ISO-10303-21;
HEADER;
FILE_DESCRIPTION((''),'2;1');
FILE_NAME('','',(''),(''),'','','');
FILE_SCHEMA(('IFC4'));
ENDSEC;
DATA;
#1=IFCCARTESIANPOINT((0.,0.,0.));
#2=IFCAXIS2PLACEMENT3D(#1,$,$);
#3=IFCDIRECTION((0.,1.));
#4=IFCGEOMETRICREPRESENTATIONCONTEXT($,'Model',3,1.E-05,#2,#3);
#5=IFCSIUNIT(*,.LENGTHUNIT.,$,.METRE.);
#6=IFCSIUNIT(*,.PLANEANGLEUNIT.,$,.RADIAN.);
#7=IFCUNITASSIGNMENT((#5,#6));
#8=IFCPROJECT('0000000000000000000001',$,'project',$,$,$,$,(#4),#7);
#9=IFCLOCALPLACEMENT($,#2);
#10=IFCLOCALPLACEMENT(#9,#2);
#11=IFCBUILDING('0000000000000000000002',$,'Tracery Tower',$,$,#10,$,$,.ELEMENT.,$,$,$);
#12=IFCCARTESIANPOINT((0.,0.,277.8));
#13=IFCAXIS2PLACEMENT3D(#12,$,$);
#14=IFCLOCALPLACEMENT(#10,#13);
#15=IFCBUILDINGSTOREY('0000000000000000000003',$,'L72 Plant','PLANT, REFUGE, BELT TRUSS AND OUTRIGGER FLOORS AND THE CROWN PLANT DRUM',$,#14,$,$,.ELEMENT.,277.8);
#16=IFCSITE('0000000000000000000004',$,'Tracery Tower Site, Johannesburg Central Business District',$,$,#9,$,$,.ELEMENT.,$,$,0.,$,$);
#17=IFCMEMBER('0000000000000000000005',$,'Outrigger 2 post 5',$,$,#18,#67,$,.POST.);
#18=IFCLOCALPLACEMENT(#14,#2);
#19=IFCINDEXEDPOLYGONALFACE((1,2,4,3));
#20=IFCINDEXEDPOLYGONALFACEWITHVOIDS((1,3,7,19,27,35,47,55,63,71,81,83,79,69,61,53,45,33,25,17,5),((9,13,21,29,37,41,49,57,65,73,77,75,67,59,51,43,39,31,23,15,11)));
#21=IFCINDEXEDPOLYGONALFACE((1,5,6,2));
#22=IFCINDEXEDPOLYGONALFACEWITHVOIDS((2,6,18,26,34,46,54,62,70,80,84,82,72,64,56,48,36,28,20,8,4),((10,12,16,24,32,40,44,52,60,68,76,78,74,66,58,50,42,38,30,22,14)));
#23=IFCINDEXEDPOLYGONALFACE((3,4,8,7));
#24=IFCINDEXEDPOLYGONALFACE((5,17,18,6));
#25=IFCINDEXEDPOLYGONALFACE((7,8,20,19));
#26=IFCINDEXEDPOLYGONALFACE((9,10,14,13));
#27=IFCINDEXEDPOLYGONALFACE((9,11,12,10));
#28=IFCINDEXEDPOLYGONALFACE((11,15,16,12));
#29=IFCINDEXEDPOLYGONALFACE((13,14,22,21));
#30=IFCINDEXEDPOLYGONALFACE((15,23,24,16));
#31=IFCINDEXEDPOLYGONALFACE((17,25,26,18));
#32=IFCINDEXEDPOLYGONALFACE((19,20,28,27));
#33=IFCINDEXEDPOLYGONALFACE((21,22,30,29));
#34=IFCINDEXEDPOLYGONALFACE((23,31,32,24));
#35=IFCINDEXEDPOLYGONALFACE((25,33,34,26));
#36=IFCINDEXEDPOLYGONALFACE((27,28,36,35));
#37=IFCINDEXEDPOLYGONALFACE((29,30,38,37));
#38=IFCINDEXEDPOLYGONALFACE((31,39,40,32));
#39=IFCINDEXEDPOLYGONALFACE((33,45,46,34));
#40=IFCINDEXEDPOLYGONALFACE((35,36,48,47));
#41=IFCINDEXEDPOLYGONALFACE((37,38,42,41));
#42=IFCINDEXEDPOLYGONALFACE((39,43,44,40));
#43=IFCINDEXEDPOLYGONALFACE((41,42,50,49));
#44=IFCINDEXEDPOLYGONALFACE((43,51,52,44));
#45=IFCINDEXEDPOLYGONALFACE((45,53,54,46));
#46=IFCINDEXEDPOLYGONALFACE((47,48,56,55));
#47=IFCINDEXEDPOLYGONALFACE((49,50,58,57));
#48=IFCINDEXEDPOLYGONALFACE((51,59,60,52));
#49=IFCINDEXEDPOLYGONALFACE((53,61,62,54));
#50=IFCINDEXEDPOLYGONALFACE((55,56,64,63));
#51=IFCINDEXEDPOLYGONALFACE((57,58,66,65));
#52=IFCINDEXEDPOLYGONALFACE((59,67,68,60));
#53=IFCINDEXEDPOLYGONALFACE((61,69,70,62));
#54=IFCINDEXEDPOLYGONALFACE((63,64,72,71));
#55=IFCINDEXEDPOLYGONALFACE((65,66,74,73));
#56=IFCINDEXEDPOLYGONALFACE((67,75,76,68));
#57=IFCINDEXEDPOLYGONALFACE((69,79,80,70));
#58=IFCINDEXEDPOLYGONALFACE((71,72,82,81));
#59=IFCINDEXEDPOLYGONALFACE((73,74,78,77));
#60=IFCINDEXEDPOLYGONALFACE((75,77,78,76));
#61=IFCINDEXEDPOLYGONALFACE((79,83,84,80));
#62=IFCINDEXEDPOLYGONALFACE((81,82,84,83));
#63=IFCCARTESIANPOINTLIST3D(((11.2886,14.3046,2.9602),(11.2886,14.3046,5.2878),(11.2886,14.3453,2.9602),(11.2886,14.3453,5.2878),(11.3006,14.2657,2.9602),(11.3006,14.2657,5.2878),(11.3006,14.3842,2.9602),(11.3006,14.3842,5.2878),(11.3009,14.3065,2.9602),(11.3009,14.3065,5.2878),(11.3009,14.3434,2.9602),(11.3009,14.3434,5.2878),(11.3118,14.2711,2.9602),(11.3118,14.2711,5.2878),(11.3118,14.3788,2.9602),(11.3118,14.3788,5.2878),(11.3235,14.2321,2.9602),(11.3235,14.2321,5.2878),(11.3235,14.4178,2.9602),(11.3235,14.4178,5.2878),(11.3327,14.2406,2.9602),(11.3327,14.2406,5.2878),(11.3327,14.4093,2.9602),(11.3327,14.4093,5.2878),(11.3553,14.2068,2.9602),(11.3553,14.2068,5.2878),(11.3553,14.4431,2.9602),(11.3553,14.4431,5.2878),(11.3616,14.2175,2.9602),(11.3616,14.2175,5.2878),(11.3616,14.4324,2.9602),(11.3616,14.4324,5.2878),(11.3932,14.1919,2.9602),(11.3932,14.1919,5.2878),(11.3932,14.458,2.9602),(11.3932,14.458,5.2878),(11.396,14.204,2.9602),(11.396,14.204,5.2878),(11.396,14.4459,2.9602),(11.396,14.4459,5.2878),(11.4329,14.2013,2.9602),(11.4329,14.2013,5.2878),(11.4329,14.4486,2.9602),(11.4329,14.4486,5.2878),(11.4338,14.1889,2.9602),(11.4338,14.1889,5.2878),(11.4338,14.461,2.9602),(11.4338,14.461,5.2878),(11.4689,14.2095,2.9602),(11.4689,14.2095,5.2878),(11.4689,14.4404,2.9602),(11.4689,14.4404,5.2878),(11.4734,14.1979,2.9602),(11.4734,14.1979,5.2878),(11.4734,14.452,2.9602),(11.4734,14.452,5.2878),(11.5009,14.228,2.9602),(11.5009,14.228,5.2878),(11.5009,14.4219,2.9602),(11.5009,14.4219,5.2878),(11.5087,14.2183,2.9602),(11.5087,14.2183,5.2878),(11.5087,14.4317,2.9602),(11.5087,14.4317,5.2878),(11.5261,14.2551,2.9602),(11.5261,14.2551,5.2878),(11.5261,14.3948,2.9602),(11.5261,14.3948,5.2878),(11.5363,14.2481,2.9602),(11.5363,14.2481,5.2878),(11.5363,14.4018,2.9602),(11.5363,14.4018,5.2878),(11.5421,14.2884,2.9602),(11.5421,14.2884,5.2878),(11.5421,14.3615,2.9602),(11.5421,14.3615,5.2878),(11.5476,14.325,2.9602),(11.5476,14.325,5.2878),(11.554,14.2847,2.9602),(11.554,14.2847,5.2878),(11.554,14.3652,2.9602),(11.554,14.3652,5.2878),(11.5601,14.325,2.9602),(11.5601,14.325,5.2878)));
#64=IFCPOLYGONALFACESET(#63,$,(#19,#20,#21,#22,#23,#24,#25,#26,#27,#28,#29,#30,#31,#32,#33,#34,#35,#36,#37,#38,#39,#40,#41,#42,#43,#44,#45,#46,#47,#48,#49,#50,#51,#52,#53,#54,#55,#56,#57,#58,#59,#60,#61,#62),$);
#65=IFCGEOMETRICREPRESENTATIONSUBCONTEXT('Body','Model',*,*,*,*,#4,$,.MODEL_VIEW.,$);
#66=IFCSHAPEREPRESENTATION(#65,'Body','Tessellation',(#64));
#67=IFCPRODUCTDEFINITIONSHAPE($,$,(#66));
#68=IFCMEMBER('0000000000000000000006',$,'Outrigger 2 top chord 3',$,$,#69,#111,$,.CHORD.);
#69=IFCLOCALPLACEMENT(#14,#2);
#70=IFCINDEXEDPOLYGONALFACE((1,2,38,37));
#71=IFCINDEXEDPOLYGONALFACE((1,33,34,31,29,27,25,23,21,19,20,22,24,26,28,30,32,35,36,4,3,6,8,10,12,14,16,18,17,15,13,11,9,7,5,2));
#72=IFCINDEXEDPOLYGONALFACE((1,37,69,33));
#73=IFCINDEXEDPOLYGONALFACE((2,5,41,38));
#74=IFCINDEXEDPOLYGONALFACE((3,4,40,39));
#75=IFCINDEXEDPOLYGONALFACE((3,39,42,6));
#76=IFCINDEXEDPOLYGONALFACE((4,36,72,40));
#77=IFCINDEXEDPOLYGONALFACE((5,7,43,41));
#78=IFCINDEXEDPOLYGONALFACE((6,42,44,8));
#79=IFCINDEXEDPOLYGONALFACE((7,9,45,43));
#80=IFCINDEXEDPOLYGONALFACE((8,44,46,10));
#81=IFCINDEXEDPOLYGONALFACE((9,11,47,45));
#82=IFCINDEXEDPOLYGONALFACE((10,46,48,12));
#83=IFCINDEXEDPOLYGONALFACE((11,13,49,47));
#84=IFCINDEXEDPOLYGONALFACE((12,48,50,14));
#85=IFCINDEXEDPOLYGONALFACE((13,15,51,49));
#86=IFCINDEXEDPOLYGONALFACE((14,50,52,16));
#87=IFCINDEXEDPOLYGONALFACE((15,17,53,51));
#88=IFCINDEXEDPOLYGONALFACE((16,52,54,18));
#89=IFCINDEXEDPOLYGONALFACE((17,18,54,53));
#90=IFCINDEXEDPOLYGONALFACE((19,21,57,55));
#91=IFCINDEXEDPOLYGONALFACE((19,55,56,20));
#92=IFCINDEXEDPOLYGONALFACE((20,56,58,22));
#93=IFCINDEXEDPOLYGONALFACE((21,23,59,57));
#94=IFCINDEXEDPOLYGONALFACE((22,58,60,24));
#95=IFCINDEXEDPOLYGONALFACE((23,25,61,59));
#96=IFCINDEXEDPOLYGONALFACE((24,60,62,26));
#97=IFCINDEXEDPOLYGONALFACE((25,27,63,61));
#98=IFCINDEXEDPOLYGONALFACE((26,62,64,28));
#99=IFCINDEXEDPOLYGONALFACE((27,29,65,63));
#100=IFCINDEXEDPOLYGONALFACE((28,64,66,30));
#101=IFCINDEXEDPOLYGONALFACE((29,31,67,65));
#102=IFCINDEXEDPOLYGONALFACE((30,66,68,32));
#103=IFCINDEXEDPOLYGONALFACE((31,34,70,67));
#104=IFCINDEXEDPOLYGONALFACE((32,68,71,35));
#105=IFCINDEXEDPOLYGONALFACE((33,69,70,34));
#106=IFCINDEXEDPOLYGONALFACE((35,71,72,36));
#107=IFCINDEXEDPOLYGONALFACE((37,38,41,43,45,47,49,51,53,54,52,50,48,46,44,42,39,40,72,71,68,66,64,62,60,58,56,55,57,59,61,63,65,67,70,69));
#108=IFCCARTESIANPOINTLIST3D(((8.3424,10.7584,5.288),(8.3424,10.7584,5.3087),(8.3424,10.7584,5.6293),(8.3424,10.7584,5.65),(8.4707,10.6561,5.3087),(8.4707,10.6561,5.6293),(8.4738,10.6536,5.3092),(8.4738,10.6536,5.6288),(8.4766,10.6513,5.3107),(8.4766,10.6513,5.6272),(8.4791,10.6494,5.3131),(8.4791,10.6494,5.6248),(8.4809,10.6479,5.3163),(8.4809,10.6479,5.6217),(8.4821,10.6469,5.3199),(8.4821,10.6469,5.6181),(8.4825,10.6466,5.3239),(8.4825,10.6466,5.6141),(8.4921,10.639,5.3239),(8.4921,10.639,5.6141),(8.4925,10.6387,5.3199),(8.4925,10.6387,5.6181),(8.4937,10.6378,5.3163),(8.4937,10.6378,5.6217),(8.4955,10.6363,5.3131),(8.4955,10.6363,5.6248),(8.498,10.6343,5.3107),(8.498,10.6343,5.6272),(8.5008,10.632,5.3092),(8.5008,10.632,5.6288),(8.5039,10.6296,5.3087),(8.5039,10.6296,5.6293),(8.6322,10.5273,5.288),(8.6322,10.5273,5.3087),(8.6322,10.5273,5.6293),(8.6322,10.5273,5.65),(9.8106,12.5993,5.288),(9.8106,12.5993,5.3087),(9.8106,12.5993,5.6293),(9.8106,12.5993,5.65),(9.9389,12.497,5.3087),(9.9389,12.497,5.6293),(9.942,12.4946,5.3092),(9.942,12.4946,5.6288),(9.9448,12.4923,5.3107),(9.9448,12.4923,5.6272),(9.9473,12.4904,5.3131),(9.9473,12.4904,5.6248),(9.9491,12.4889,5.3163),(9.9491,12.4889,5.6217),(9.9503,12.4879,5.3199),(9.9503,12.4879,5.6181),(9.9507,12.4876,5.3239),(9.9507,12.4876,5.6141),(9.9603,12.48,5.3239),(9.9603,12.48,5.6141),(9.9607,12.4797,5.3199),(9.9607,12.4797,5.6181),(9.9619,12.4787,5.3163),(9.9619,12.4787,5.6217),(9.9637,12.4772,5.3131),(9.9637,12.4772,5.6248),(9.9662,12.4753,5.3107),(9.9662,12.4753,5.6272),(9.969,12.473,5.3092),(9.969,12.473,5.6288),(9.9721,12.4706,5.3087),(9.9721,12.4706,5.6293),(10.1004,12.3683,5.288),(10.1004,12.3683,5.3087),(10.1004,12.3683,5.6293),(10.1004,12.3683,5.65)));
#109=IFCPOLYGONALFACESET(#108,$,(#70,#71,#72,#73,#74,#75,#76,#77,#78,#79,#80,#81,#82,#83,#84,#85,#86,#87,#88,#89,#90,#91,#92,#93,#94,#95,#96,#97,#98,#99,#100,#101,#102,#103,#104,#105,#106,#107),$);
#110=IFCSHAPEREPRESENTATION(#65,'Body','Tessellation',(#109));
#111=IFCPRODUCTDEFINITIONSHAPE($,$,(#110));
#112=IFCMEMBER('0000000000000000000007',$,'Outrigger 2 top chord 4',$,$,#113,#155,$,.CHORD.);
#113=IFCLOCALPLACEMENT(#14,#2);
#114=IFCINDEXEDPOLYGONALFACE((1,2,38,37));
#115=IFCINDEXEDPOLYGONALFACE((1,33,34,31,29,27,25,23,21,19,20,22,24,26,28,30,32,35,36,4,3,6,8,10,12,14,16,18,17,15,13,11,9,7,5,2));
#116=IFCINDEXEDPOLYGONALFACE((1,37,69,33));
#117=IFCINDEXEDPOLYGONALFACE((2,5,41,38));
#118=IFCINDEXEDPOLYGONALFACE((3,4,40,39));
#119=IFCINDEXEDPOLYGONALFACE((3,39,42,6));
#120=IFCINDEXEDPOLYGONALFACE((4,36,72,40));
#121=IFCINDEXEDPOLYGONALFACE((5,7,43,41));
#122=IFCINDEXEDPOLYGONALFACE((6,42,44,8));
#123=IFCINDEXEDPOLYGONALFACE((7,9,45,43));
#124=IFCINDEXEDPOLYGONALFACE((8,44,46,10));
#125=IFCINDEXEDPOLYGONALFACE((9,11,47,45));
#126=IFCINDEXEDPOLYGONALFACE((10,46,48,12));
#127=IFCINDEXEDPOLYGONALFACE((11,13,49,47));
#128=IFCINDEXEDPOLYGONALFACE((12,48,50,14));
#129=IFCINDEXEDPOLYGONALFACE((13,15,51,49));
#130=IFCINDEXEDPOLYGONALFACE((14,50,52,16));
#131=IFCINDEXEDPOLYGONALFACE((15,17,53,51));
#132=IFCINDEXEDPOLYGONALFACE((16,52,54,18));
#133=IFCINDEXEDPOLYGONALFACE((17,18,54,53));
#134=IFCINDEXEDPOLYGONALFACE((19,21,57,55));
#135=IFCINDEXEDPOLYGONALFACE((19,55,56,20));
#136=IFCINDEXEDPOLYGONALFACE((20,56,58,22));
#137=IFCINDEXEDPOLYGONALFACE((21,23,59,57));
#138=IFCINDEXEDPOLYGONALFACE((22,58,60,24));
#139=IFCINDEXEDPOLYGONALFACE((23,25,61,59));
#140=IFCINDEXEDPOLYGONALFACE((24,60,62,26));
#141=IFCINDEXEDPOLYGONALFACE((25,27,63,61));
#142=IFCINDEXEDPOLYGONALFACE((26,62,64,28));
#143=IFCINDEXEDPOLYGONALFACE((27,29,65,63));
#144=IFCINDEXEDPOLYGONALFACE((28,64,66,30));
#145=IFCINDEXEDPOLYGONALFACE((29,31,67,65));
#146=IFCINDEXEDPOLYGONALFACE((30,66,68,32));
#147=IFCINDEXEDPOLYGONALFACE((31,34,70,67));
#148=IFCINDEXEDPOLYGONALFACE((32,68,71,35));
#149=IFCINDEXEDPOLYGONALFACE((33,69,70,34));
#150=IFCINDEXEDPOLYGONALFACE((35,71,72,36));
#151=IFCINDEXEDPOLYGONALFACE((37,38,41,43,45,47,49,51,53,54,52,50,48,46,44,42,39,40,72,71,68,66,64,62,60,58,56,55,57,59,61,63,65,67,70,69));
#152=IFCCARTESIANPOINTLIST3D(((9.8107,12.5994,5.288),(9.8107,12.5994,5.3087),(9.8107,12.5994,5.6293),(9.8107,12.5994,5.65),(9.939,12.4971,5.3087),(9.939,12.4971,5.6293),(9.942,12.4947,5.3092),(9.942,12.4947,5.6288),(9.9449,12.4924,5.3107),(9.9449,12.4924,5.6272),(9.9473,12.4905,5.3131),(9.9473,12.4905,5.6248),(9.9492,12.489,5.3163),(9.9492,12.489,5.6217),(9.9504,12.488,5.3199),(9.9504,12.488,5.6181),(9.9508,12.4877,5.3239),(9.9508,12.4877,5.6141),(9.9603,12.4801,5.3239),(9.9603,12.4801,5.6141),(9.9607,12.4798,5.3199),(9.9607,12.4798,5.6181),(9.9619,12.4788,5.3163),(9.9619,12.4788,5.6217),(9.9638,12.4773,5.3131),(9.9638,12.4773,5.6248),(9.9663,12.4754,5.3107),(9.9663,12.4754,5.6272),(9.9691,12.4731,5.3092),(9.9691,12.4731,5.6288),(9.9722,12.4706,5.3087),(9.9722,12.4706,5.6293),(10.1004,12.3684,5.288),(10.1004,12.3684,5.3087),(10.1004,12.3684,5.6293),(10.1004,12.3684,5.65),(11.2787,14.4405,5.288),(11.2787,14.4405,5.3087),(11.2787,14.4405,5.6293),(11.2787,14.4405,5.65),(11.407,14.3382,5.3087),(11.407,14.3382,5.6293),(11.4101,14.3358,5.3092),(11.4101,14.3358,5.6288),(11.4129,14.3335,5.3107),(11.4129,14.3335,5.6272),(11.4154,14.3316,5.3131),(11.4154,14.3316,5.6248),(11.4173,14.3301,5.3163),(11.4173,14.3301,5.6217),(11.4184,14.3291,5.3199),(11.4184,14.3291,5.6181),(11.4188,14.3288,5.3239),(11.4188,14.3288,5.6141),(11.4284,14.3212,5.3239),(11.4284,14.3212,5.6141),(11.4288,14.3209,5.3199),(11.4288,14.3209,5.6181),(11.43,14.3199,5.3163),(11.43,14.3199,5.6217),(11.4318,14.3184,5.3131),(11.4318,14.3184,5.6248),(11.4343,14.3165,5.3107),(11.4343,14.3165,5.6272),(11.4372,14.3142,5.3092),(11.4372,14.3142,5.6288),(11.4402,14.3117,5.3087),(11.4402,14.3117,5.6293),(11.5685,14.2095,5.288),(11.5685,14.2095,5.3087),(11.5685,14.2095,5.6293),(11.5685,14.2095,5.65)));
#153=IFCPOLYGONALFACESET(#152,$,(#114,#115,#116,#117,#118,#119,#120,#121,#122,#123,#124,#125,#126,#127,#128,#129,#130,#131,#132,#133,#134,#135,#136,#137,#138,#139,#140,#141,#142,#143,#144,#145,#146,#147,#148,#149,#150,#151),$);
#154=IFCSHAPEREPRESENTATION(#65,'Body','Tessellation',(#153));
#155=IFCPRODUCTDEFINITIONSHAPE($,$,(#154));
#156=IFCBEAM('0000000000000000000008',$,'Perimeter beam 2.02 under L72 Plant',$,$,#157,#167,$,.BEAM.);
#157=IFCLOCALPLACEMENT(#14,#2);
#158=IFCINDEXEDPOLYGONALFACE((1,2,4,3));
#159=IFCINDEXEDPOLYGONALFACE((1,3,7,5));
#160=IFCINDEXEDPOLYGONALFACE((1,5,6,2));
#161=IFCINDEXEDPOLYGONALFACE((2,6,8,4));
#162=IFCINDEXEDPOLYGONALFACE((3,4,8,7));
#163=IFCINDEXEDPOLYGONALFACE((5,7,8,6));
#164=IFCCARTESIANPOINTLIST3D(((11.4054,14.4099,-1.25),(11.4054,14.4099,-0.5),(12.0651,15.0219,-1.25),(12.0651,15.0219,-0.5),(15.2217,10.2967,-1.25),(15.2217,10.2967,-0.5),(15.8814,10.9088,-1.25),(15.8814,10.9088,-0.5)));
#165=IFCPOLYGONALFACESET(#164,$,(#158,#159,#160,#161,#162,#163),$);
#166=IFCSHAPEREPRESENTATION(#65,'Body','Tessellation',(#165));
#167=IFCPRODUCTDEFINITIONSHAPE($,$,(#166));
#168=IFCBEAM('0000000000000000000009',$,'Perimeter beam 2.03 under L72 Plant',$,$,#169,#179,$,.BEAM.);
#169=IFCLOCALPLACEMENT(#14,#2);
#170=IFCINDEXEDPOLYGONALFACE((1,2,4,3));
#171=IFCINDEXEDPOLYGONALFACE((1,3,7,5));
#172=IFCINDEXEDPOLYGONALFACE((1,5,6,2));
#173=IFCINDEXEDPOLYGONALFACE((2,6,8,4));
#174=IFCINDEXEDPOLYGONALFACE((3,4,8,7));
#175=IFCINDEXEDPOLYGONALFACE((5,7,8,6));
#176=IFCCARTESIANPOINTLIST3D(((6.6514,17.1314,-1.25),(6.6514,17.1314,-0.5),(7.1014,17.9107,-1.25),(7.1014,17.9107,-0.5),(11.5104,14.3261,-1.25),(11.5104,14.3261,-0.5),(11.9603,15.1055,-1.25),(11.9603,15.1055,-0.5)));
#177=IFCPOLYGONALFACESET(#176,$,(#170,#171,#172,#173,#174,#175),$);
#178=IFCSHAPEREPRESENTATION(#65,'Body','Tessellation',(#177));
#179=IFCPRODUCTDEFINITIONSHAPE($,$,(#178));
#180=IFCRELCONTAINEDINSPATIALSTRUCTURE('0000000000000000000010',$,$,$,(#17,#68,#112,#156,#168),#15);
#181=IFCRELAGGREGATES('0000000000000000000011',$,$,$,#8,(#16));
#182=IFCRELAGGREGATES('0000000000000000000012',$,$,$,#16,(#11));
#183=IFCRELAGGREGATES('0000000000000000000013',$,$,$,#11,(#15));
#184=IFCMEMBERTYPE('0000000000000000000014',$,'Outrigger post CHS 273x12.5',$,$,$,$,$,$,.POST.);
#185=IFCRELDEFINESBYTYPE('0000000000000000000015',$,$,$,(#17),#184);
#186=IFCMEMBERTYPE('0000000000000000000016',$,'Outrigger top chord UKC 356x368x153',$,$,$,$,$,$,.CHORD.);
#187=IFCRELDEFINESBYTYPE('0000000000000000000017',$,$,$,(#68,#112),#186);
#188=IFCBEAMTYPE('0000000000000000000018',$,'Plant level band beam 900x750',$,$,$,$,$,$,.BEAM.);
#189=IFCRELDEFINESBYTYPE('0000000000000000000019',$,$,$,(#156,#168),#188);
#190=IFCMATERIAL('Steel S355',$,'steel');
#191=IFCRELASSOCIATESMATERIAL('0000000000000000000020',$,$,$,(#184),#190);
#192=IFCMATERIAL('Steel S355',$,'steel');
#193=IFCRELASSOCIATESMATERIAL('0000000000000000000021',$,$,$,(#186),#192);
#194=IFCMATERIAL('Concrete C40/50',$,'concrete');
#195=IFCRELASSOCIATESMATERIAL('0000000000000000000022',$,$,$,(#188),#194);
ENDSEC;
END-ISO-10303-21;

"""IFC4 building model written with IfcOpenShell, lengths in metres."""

from ifc_helpers import new_model, si_unit, direction, frame, origin, origin_2d, place, context, subcontext, project, spatial, rectangle, hollow_circle, i_section, extrude, material, material_profile, profile_set, type_object, element, save


model = new_model("IFC4")

# Units and contexts
model_context = context("Model", 3, precision=1e-05, world=origin(), true_north=direction((0.0, 1.0)))
body_context = subcontext(model_context, "Body", "Model", "MODEL_VIEW")
ifc_project = project(units=[si_unit("LENGTHUNIT", "METRE"), si_unit("PLANEANGLEUNIT", "RADIAN")], contexts=[model_context])

# Site, building, storey
site_placement = place(None, origin())
site = spatial("IfcSite", under=ifc_project, at=site_placement, Name="Tracery Tower Site, Johannesburg Central Business District", CompositionType="ELEMENT", RefElevation=0.0)
building_placement = place(site_placement, origin())
building = spatial("IfcBuilding", under=site, at=building_placement, Name="Tracery Tower", CompositionType="ELEMENT")
storey_placement = place(building_placement, frame((0.0, 0.0, 277.8)))
storey = spatial("IfcBuildingStorey", under=building, at=storey_placement, Name="L72 Plant", Description="PLANT, REFUGE, BELT TRUSS AND OUTRIGGER FLOORS AND THE CROWN PLANT DRUM", CompositionType="ELEMENT", Elevation=277.8)

# Members
ifc_material_1 = material(Name="Steel S355", Category="steel")
ifc_material_profile_1 = material_profile(ifc_material_1, hollow_circle(Radius=0.1365, WallThickness=0.0125, at=origin_2d()), Name="CHS 273x12.5")
ifc_profile_set_1 = profile_set([ifc_material_profile_1], Name="Steel S355")
member_type_1 = type_object("IfcMemberType", Name="Outrigger post CHS 273x12.5", PredefinedType="POST", material=ifc_profile_set_1)
for number, where, z_axis, x_axis, name in (
    (1, (11.4236, 14.325, 2.9602), (0.0, 0.0, 1.0), (1.0, 0.0, 0.0), "Outrigger 2 post 5"),
):
    element("IfcMember", number, at=place(storey_placement, frame(where, z_axis=z_axis, x_axis=x_axis)), inside=storey, type_object=member_type_1, Name=name, PredefinedType="POST", context=body_context, shape_type="SweptSolid", body=[
        extrude(hollow_circle(Radius=0.1365, WallThickness=0.0125, at=origin_2d()), origin(), (0.0, 0.0, 1.0), 2.3276),
    ])
ifc_material_2 = material(Name="Steel S355", Category="steel")
ifc_material_profile_2 = material_profile(ifc_material_2, i_section(OverallWidth=0.3706, OverallDepth=0.3621, WebThickness=0.0122, FlangeThickness=0.0208, FilletRadius=0.0151, at=origin_2d()), Name="UKC 356x368x153")
ifc_profile_set_2 = profile_set([ifc_material_profile_2], Name="Steel S355")
member_type_2 = type_object("IfcMemberType", Name="Outrigger top chord UKC 356x368x153", PredefinedType="CHORD", material=ifc_profile_set_2)
for number, where, z_axis, x_axis, name in (
    (2, (8.4873, 10.6428, 5.469), (0.623506, 0.781819, 0.0), (-0.781819, 0.623506, 0.0), "Outrigger 2 top chord 3"),
    (3, (9.9556, 12.4839, 5.469), (0.623442, 0.781869, 0.0), (-0.781869, 0.623442, 0.0), "Outrigger 2 top chord 4"),
):
    element("IfcMember", number, at=place(storey_placement, frame(where, z_axis=z_axis, x_axis=x_axis)), inside=storey, type_object=member_type_2, Name=name, PredefinedType="CHORD", context=body_context, shape_type="SweptSolid", body=[
        extrude(i_section(OverallWidth=0.3706, OverallDepth=0.3621, WebThickness=0.0122, FlangeThickness=0.0208, FilletRadius=0.0151, at=origin_2d()), origin(), (0.0, 0.0, 1.0), 2.3547),
    ])

# Beams
ifc_material_3 = material(Name="Concrete C40/50", Category="concrete")
ifc_material_profile_3 = material_profile(ifc_material_3, rectangle(XDim=0.8999, YDim=0.75, at=origin_2d()), Name="RC 900x750")
ifc_profile_set_3 = profile_set([ifc_material_profile_3], Name="Concrete C40/50")
beam_type = type_object("IfcBeamType", Name="Plant level band beam 900x750", PredefinedType="BEAM", material=ifc_profile_set_3)
beam_1_placement = place(storey_placement, frame((15.5515, 10.6028, -0.875), z_axis=(-0.680156, 0.733068, 0.0), x_axis=(-0.733068, -0.680156, 0.0)))
element("IfcBeam", 4, at=beam_1_placement, inside=storey, type_object=beam_type, Name="Perimeter beam 2.02 under L72 Plant", PredefinedType="BEAM", context=body_context, shape_type="SweptSolid", body=[
    extrude(rectangle(XDim=0.8999, YDim=0.75, at=origin_2d()), origin(), (0.0, 0.0, 1.0), 5.6108),
])
beam_2_placement = place(storey_placement, frame((11.7354, 14.7158, -0.875), z_axis=(-0.866033, 0.499986, 0.0), x_axis=(-0.499986, -0.866033, 0.0)))
element("IfcBeam", 5, at=beam_2_placement, inside=storey, type_object=beam_type, Name="Perimeter beam 2.03 under L72 Plant", PredefinedType="BEAM", context=body_context, shape_type="SweptSolid", body=[
    extrude(rectangle(XDim=0.8999, YDim=0.75, at=origin_2d()), origin(), (0.0, 0.0, 1.0), 5.6106),
])

save(model, "model.ifc")
